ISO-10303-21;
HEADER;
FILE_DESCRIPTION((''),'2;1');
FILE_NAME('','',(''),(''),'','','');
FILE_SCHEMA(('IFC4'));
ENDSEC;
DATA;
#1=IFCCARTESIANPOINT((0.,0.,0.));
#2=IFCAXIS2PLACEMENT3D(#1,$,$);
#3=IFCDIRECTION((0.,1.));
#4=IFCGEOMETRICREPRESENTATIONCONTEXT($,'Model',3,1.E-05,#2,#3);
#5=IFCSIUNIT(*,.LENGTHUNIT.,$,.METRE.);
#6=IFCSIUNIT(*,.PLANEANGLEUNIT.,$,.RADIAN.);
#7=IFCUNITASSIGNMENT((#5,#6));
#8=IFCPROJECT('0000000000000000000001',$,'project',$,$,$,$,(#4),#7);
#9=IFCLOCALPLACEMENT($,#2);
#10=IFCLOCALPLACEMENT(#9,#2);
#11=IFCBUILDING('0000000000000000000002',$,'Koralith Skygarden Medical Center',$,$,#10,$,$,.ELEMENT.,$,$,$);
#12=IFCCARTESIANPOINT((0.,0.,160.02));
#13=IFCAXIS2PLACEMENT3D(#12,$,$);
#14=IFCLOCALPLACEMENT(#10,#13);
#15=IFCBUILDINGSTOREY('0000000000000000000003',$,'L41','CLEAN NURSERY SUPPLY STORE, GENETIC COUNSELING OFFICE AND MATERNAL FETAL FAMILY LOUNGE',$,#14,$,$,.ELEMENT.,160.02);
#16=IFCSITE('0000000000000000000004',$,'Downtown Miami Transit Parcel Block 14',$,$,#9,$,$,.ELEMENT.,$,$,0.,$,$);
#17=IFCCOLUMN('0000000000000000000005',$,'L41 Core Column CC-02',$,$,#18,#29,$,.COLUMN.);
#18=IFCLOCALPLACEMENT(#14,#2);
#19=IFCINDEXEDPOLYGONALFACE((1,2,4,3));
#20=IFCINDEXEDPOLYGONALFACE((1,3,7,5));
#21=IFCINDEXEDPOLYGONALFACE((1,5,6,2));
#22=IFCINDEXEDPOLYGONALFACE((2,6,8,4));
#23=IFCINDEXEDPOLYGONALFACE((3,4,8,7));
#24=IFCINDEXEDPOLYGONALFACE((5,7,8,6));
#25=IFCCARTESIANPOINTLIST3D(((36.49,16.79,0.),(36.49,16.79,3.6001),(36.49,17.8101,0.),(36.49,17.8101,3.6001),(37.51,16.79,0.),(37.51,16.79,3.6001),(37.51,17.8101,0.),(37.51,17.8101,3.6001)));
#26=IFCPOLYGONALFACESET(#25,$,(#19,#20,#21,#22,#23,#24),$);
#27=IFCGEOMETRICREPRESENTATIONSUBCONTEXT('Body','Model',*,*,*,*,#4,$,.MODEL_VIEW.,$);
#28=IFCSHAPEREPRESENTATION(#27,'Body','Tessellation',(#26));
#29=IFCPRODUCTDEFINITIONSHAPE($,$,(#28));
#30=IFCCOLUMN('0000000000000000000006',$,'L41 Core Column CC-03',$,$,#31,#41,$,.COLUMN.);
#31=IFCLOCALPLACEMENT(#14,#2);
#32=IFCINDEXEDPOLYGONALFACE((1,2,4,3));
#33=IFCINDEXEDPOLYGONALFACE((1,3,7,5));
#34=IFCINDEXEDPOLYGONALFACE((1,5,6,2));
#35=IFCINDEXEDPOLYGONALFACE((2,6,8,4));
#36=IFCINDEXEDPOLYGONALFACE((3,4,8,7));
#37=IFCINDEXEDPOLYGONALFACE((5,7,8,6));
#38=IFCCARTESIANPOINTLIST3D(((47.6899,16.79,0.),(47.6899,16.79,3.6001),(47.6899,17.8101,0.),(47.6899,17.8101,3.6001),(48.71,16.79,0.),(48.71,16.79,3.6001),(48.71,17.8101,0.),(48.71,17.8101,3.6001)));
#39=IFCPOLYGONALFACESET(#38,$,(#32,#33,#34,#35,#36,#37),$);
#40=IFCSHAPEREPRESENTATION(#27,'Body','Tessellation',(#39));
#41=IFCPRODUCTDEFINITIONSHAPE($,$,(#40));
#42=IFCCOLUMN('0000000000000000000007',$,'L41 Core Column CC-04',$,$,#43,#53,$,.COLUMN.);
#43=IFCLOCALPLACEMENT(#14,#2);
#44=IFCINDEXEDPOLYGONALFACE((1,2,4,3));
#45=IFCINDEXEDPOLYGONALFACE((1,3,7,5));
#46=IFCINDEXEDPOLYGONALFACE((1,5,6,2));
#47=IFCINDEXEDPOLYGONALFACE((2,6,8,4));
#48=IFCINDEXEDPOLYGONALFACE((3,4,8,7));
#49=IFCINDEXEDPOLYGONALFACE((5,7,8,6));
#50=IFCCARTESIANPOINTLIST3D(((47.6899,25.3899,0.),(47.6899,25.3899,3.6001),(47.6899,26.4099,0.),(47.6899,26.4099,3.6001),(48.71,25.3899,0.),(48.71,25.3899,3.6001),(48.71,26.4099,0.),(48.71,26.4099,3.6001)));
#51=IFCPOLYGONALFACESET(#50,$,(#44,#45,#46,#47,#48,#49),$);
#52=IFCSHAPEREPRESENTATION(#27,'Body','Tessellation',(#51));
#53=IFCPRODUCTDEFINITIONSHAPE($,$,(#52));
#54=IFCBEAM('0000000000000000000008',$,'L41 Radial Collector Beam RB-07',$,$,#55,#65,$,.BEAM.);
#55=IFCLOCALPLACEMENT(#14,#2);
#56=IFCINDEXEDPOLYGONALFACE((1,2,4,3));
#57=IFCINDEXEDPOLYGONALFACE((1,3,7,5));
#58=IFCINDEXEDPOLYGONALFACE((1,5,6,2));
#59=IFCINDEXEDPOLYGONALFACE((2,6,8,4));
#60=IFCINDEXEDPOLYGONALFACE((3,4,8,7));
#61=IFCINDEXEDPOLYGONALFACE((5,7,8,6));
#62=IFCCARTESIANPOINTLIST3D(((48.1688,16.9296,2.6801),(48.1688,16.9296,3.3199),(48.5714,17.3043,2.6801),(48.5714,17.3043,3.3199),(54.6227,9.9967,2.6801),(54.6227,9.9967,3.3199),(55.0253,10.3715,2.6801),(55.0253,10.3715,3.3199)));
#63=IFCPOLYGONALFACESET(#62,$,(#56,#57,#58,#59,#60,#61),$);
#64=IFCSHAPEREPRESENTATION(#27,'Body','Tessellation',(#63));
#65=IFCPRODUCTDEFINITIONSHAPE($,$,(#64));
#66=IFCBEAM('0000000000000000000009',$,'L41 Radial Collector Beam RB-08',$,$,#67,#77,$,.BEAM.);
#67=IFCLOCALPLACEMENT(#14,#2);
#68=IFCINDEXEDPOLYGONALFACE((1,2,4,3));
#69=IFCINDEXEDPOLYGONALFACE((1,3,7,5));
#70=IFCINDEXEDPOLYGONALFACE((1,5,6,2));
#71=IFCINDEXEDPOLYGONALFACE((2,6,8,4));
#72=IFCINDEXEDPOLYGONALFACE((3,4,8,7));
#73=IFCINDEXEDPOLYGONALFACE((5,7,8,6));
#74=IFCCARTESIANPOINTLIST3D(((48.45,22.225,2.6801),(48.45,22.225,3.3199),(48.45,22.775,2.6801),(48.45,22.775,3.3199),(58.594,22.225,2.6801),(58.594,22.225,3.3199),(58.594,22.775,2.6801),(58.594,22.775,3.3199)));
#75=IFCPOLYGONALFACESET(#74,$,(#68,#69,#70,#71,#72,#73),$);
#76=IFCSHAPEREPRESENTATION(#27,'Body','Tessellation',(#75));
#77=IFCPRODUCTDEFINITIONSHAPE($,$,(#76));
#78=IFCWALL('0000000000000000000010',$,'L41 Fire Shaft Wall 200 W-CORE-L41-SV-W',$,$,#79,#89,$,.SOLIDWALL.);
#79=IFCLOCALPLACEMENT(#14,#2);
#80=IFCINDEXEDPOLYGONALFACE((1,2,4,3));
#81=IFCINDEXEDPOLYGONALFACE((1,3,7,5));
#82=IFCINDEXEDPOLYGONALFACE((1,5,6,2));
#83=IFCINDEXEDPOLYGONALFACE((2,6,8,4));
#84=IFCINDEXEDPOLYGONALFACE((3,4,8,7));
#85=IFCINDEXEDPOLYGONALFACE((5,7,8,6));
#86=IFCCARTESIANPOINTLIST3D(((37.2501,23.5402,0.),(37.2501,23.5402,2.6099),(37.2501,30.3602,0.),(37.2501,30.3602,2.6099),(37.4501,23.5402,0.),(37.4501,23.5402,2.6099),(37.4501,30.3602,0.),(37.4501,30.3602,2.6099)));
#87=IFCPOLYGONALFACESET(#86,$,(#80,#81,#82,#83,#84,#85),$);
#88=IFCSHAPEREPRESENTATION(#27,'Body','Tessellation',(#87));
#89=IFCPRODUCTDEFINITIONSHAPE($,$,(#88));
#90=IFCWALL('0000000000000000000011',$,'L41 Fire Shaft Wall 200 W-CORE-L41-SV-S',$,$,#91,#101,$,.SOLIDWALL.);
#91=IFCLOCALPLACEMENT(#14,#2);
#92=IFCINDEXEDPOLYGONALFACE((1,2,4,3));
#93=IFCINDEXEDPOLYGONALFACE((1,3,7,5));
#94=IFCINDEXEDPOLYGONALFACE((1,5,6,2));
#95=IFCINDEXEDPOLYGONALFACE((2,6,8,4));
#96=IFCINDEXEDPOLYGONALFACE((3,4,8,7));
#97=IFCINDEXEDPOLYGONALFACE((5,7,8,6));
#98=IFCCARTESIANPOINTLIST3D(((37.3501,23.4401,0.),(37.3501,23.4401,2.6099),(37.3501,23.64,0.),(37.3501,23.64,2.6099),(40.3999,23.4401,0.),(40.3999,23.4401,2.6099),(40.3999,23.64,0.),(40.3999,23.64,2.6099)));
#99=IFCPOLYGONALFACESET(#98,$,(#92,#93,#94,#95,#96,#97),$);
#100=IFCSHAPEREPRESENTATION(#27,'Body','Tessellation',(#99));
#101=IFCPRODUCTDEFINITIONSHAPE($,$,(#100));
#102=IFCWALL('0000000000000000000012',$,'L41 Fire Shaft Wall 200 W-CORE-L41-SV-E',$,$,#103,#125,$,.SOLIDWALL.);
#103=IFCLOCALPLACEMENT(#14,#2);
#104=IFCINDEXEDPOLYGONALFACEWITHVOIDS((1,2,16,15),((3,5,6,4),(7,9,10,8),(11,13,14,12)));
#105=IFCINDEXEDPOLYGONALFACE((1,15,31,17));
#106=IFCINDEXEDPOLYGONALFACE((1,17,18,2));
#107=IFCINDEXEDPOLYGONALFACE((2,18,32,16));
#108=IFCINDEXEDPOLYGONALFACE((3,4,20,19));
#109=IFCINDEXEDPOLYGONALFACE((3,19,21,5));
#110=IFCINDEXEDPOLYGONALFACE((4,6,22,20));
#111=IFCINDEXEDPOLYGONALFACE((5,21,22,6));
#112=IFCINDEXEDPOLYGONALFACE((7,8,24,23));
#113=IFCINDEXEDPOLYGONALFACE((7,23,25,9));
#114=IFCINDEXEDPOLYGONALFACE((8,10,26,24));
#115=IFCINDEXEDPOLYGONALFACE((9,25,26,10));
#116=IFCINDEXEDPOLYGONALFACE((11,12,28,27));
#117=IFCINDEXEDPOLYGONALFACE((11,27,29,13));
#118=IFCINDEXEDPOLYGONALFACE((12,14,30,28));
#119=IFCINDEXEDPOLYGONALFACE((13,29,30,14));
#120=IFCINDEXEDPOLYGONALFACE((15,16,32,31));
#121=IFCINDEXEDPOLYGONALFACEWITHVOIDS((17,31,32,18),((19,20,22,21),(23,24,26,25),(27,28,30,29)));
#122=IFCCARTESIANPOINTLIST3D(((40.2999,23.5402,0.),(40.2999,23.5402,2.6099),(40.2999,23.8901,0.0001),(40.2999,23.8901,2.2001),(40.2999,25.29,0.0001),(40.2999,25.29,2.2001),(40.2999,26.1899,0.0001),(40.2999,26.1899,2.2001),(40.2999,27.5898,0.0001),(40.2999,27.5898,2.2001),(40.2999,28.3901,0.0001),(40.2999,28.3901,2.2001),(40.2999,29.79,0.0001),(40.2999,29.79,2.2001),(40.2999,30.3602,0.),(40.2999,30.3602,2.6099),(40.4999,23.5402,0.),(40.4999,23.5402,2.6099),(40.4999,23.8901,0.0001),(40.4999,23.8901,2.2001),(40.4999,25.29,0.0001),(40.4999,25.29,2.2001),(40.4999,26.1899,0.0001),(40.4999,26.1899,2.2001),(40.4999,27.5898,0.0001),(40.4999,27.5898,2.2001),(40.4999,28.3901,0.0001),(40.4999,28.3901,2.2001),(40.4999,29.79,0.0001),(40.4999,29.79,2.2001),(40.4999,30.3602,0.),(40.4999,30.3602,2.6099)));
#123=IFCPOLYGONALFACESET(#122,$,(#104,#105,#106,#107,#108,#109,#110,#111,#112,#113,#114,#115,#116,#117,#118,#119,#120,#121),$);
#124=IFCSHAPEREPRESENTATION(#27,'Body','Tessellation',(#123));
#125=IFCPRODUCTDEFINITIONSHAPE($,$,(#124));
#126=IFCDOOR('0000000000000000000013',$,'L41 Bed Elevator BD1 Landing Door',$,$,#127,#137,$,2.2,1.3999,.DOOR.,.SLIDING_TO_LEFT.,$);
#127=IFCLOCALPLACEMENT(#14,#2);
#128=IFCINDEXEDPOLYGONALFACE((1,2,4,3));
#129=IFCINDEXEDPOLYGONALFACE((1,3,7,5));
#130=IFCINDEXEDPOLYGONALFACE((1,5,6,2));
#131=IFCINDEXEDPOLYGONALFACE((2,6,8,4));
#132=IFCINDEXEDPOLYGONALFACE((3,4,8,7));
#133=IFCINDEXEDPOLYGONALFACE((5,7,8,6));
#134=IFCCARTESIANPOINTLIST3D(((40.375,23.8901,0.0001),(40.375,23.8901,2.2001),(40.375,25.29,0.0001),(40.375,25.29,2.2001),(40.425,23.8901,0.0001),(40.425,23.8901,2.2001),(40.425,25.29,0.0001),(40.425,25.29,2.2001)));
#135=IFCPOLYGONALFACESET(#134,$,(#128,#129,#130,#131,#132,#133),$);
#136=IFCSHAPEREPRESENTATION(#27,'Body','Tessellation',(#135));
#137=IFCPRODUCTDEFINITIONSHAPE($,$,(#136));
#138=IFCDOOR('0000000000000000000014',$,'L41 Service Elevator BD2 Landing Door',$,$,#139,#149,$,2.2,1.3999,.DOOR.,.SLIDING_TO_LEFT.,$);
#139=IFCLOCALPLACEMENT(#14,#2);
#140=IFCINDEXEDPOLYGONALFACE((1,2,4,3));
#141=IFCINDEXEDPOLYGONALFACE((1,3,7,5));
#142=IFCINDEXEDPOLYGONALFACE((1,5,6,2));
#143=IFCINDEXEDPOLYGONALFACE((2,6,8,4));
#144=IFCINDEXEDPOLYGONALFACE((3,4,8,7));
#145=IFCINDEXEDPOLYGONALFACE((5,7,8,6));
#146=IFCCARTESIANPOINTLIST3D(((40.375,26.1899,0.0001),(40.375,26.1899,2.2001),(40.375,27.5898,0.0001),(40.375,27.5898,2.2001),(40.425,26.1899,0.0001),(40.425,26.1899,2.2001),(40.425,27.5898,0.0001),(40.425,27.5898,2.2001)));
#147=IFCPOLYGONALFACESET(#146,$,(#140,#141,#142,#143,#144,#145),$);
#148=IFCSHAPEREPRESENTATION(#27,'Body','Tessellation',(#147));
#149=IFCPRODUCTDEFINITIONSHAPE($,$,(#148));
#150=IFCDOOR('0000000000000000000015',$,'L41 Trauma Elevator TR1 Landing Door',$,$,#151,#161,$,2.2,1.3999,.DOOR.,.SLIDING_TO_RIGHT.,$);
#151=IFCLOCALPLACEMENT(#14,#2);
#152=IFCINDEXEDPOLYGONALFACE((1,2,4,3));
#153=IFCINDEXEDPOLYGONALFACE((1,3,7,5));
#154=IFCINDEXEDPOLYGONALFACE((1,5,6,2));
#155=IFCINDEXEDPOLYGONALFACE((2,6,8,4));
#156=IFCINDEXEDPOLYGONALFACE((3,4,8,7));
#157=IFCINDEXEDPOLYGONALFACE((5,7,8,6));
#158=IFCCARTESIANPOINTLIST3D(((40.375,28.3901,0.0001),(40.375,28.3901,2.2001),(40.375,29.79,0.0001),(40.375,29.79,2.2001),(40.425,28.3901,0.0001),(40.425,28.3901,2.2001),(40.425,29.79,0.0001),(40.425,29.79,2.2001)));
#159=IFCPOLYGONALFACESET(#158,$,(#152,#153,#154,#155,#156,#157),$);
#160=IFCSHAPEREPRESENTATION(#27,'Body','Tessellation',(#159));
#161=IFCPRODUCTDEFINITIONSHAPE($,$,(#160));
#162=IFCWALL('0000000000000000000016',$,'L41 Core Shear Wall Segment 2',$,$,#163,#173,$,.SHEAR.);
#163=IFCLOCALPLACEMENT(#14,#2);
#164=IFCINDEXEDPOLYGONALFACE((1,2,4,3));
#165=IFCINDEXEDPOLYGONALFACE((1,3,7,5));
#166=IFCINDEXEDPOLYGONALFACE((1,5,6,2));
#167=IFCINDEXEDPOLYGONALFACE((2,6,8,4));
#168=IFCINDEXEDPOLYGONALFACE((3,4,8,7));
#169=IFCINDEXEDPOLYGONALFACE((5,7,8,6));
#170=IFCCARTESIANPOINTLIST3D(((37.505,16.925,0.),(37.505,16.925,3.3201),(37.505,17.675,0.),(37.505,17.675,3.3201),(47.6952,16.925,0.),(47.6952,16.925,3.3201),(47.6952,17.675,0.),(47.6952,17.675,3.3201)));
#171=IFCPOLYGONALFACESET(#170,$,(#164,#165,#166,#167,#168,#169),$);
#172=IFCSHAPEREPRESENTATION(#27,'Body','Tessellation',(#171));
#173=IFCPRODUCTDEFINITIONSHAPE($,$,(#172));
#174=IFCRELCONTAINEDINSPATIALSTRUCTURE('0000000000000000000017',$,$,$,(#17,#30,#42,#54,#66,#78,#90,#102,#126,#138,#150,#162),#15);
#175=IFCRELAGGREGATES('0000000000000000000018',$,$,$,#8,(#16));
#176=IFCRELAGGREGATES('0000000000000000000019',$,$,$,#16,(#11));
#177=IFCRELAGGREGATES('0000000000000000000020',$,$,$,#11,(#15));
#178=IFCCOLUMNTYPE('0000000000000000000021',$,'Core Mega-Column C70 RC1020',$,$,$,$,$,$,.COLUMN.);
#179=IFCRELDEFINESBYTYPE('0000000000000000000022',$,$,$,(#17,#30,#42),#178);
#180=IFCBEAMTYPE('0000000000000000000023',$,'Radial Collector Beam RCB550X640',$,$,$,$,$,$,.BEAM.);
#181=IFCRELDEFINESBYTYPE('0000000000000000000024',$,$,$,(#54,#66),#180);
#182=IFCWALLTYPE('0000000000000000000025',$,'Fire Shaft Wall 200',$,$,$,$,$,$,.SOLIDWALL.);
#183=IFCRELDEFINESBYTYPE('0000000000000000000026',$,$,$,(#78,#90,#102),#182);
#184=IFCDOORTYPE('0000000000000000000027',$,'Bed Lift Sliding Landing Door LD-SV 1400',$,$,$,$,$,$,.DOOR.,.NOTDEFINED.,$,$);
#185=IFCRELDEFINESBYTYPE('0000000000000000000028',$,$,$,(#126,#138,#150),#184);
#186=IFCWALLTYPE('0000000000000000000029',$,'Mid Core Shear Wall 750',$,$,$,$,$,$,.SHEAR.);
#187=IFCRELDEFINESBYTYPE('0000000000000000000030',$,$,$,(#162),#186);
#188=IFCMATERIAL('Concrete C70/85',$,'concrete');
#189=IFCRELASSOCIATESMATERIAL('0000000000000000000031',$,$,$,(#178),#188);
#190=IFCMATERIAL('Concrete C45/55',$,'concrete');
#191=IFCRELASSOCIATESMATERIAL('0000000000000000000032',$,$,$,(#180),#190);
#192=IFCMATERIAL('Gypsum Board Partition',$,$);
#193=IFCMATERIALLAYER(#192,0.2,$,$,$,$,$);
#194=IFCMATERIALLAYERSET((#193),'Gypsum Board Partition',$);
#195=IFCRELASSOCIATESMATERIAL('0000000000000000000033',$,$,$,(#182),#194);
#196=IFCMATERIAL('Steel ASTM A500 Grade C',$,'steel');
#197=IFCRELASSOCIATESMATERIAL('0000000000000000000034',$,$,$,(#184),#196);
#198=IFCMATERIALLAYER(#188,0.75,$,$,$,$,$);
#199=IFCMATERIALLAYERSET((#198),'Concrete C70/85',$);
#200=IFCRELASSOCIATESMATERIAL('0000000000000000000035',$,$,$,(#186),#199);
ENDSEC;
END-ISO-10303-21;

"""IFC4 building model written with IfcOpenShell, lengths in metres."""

from ifc_helpers import new_model, si_unit, direction, frame, frame_2d, origin, origin_2d, place, context, subcontext, project, spatial, rectangle, extrude, material, layer, layer_set, material_profile, profile_set, type_object, element, fill, save


model = new_model("IFC4")

# Units and contexts
model_context = context("Model", 3, precision=1e-05, world=origin(), true_north=direction((0.0, 1.0)))
body_context = subcontext(model_context, "Body", "Model", "MODEL_VIEW")
ifc_project = project(units=[si_unit("LENGTHUNIT", "METRE"), si_unit("PLANEANGLEUNIT", "RADIAN")], contexts=[model_context])

# Site, building, storey
site_placement = place(None, origin())
site = spatial("IfcSite", under=ifc_project, at=site_placement, Name="Downtown Miami Transit Parcel Block 14", CompositionType="ELEMENT", RefElevation=0.0)
building_placement = place(site_placement, origin())
building = spatial("IfcBuilding", under=site, at=building_placement, Name="Koralith Skygarden Medical Center", CompositionType="ELEMENT")
storey_placement = place(building_placement, frame((0.0, 0.0, 160.02)))
storey = spatial("IfcBuildingStorey", under=building, at=storey_placement, Name="L41", Description="CLEAN NURSERY SUPPLY STORE, GENETIC COUNSELING OFFICE AND MATERNAL FETAL FAMILY LOUNGE", CompositionType="ELEMENT", Elevation=160.02)

# Columns
ifc_material_1 = material(Name="Concrete C70/85", Category="concrete")
ifc_material_profile_1 = material_profile(ifc_material_1, rectangle(XDim=1.02, YDim=1.02, at=origin_2d()), Name="RC1020X1020")
ifc_profile_set_1 = profile_set([ifc_material_profile_1], Name="Concrete C70/85")
column_type = type_object("IfcColumnType", Name="Core Mega-Column C70 RC1020", PredefinedType="COLUMN", material=ifc_profile_set_1)
for number, where, z_axis, x_axis, name in (
    (1, (37.0, 17.3, 0.0), (0.0, 0.0, 1.0), (1.0, 0.0, 0.0), "L41 Core Column CC-02"),
    (2, (48.2, 17.3, 0.0), (0.0, 0.0, 1.0), (1.0, 0.0, 0.0), "L41 Core Column CC-03"),
    (3, (48.2, 25.8999, 0.0), (0.0, 0.0, 1.0), (1.0, 0.0, 0.0), "L41 Core Column CC-04"),
):
    element("IfcColumn", number, at=place(storey_placement, frame(where, z_axis=z_axis, x_axis=x_axis)), inside=storey, type_object=column_type, Name=name, PredefinedType="COLUMN", context=body_context, shape_type="SweptSolid", body=[
        extrude(rectangle(XDim=1.02, YDim=1.02, at=origin_2d()), origin(), (0.0, 0.0, 1.0), 3.6001),
    ])

# Beams
ifc_material_2 = material(Name="Concrete C45/55", Category="concrete")
ifc_material_profile_2 = material_profile(ifc_material_2, rectangle(XDim=0.55, YDim=0.6399, at=origin_2d()), Name="RCB550X640")
ifc_profile_set_2 = profile_set([ifc_material_profile_2], Name="Concrete C45/55")
beam_type = type_object("IfcBeamType", Name="Radial Collector Beam RCB550X640", PredefinedType="BEAM", material=ifc_profile_set_2)
beam_1_placement = place(storey_placement, frame((48.3701, 17.1169, 3.0), z_axis=(0.681369, -0.73194, 0.0), x_axis=(0.73194, 0.681369, 0.0)))
element("IfcBeam", 4, at=beam_1_placement, inside=storey, type_object=beam_type, Name="L41 Radial Collector Beam RB-07", PredefinedType="BEAM", context=body_context, shape_type="SweptSolid", body=[
    extrude(rectangle(XDim=0.55, YDim=0.6399, at=origin_2d()), origin(), (0.0, 0.0, 1.0), 9.4719),
])
beam_2_placement = place(storey_placement, frame((48.45, 22.5, 3.0), z_axis=(1.0, 0.0, 0.0), x_axis=(0.0, 1.0, 0.0)))
element("IfcBeam", 5, at=beam_2_placement, inside=storey, type_object=beam_type, Name="L41 Radial Collector Beam RB-08", PredefinedType="BEAM", context=body_context, shape_type="SweptSolid", body=[
    extrude(rectangle(XDim=0.55, YDim=0.6399, at=origin_2d()), origin(), (0.0, 0.0, 1.0), 10.144),
])

# Shared definitions
ifc_material_3 = material(Name="Gypsum Board Partition")
ifc_layer_1 = layer(ifc_material_3, 0.2)
ifc_layer_set_1 = layer_set([ifc_layer_1], Name="Gypsum Board Partition")
wall_type_1 = type_object("IfcWallType", Name="Fire Shaft Wall 200", PredefinedType="SOLIDWALL", material=ifc_layer_set_1)
ifc_material_4 = material(Name="Steel ASTM A500 Grade C", Category="steel")

# Walls
wall_1_placement = place(storey_placement, frame((37.3501, 23.54, 0.0), z_axis=(0.0, 0.0, 1.0), x_axis=(0.0, 1.0, 0.0)))
element("IfcWall", 6, at=wall_1_placement, inside=storey, type_object=wall_type_1, Name="L41 Fire Shaft Wall 200 W-CORE-L41-SV-W", PredefinedType="SOLIDWALL", context=body_context, shape_type="SweptSolid", body=[
    extrude(rectangle(XDim=6.8201, YDim=0.2, at=frame_2d((3.4102, 0.0))), origin(), (0.0, 0.0, 1.0), 2.6099),
])
wall_2_placement = place(storey_placement, frame((37.3501, 23.54, 0.0), z_axis=(0.0, 0.0, 1.0), x_axis=(1.0, 0.0, 0.0)))
element("IfcWall", 7, at=wall_2_placement, inside=storey, type_object=wall_type_1, Name="L41 Fire Shaft Wall 200 W-CORE-L41-SV-S", PredefinedType="SOLIDWALL", context=body_context, shape_type="SweptSolid", body=[
    extrude(rectangle(XDim=3.0498, YDim=0.2, at=frame_2d((1.5249, 0.0))), origin(), (0.0, 0.0, 1.0), 2.6099),
])

# Wall, openings, doors
wall_3_placement = place(storey_placement, frame((40.3999, 23.54, 0.0), z_axis=(0.0, 0.0, 1.0), x_axis=(0.0, 1.0, 0.0)))
wall_3 = element("IfcWall", 8, at=wall_3_placement, inside=storey, type_object=wall_type_1, Name="L41 Fire Shaft Wall 200 W-CORE-L41-SV-E", PredefinedType="SOLIDWALL", context=body_context, shape_type="SweptSolid", body=[
    extrude(rectangle(XDim=6.8201, YDim=0.2, at=frame_2d((3.4102, 0.0))), origin(), (0.0, 0.0, 1.0), 2.6099),
])
opening_1_placement = place(wall_3_placement, frame((0.3501, 0.0, 0.0)))
opening_1 = element("IfcOpeningElement", 9, at=opening_1_placement, cuts=wall_3, PredefinedType="OPENING", context=body_context, shape_type="SweptSolid", body=[
    extrude(rectangle(XDim=1.3999, YDim=2.2, at=frame_2d((0.7, 1.1001))), frame((0.0, 0.1099, 0.0), z_axis=(0.0, -1.0, 0.0), x_axis=(1.0, 0.0, 0.0)), (0.0, 0.0, 1.0), 0.22),
])
opening_2_placement = place(wall_3_placement, frame((2.6499, 0.0, 0.0)))
opening_2 = element("IfcOpeningElement", 10, at=opening_2_placement, cuts=wall_3, PredefinedType="OPENING", context=body_context, shape_type="SweptSolid", body=[
    extrude(rectangle(XDim=1.3999, YDim=2.2, at=frame_2d((0.7, 1.1001))), frame((0.0, 0.1099, 0.0), z_axis=(0.0, -1.0, 0.0), x_axis=(1.0, 0.0, 0.0)), (0.0, 0.0, 1.0), 0.22),
])
opening_3_placement = place(wall_3_placement, frame((4.8501, 0.0, 0.0)))
opening_3 = element("IfcOpeningElement", 11, at=opening_3_placement, cuts=wall_3, PredefinedType="OPENING", context=body_context, shape_type="SweptSolid", body=[
    extrude(rectangle(XDim=1.3999, YDim=2.2, at=frame_2d((0.7, 1.1001))), frame((0.0, 0.1099, 0.0), z_axis=(0.0, -1.0, 0.0), x_axis=(1.0, 0.0, 0.0)), (0.0, 0.0, 1.0), 0.22),
])
door_type_1 = type_object("IfcDoorType", Name="Bed Lift Sliding Landing Door LD-SV 1400", OperationType="NOTDEFINED", PredefinedType="DOOR", material=ifc_material_4)
door_1_placement = place(opening_1_placement, origin())
door_1 = element("IfcDoor", 12, at=door_1_placement, inside=storey, type_object=door_type_1, Name="L41 Bed Elevator BD1 Landing Door", OperationType="SLIDING_TO_LEFT", OverallHeight=2.2, OverallWidth=1.3999, PredefinedType="DOOR", context=body_context, shape_type="SweptSolid", body=[
    extrude(rectangle(XDim=1.3999, YDim=2.2, at=frame_2d((0.7, 1.1001))), frame((0.0, 0.0249, 0.0), z_axis=(0.0, -1.0, 0.0), x_axis=(1.0, 0.0, 0.0)), (0.0, 0.0, 1.0), 0.05),
])
fill(opening_1, door_1)
door_2_placement = place(opening_2_placement, origin())
door_2 = element("IfcDoor", 13, at=door_2_placement, inside=storey, type_object=door_type_1, Name="L41 Service Elevator BD2 Landing Door", OperationType="SLIDING_TO_LEFT", OverallHeight=2.2, OverallWidth=1.3999, PredefinedType="DOOR", context=body_context, shape_type="SweptSolid", body=[
    extrude(rectangle(XDim=1.3999, YDim=2.2, at=frame_2d((0.7, 1.1001))), frame((0.0, 0.0249, 0.0), z_axis=(0.0, -1.0, 0.0), x_axis=(1.0, 0.0, 0.0)), (0.0, 0.0, 1.0), 0.05),
])
fill(opening_2, door_2)
door_3_placement = place(opening_3_placement, origin())
door_3 = element("IfcDoor", 14, at=door_3_placement, inside=storey, type_object=door_type_1, Name="L41 Trauma Elevator TR1 Landing Door", OperationType="SLIDING_TO_RIGHT", OverallHeight=2.2, OverallWidth=1.3999, PredefinedType="DOOR", context=body_context, shape_type="SweptSolid", body=[
    extrude(rectangle(XDim=1.3999, YDim=2.2, at=frame_2d((0.7, 1.1001))), frame((0.0, 0.0249, 0.0), z_axis=(0.0, -1.0, 0.0), x_axis=(1.0, 0.0, 0.0)), (0.0, 0.0, 1.0), 0.05),
])
fill(opening_3, door_3)

# Wall
ifc_layer_2 = layer(ifc_material_1, 0.75)
ifc_layer_set_2 = layer_set([ifc_layer_2], Name="Concrete C70/85")
wall_type_2 = type_object("IfcWallType", Name="Mid Core Shear Wall 750", PredefinedType="SHEAR", material=ifc_layer_set_2)
wall_4_placement = place(storey_placement, frame((37.5049, 17.3, 0.0), z_axis=(0.0, 0.0, 1.0), x_axis=(1.0, 0.0, 0.0)))
element("IfcWall", 15, at=wall_4_placement, inside=storey, type_object=wall_type_2, Name="L41 Core Shear Wall Segment 2", PredefinedType="SHEAR", context=body_context, shape_type="SweptSolid", body=[
    extrude(rectangle(XDim=10.1902, YDim=0.75, at=frame_2d((5.0952, 0.0))), origin(), (0.0, 0.0, 1.0), 3.3201),
])

save(model, "model.ifc")
